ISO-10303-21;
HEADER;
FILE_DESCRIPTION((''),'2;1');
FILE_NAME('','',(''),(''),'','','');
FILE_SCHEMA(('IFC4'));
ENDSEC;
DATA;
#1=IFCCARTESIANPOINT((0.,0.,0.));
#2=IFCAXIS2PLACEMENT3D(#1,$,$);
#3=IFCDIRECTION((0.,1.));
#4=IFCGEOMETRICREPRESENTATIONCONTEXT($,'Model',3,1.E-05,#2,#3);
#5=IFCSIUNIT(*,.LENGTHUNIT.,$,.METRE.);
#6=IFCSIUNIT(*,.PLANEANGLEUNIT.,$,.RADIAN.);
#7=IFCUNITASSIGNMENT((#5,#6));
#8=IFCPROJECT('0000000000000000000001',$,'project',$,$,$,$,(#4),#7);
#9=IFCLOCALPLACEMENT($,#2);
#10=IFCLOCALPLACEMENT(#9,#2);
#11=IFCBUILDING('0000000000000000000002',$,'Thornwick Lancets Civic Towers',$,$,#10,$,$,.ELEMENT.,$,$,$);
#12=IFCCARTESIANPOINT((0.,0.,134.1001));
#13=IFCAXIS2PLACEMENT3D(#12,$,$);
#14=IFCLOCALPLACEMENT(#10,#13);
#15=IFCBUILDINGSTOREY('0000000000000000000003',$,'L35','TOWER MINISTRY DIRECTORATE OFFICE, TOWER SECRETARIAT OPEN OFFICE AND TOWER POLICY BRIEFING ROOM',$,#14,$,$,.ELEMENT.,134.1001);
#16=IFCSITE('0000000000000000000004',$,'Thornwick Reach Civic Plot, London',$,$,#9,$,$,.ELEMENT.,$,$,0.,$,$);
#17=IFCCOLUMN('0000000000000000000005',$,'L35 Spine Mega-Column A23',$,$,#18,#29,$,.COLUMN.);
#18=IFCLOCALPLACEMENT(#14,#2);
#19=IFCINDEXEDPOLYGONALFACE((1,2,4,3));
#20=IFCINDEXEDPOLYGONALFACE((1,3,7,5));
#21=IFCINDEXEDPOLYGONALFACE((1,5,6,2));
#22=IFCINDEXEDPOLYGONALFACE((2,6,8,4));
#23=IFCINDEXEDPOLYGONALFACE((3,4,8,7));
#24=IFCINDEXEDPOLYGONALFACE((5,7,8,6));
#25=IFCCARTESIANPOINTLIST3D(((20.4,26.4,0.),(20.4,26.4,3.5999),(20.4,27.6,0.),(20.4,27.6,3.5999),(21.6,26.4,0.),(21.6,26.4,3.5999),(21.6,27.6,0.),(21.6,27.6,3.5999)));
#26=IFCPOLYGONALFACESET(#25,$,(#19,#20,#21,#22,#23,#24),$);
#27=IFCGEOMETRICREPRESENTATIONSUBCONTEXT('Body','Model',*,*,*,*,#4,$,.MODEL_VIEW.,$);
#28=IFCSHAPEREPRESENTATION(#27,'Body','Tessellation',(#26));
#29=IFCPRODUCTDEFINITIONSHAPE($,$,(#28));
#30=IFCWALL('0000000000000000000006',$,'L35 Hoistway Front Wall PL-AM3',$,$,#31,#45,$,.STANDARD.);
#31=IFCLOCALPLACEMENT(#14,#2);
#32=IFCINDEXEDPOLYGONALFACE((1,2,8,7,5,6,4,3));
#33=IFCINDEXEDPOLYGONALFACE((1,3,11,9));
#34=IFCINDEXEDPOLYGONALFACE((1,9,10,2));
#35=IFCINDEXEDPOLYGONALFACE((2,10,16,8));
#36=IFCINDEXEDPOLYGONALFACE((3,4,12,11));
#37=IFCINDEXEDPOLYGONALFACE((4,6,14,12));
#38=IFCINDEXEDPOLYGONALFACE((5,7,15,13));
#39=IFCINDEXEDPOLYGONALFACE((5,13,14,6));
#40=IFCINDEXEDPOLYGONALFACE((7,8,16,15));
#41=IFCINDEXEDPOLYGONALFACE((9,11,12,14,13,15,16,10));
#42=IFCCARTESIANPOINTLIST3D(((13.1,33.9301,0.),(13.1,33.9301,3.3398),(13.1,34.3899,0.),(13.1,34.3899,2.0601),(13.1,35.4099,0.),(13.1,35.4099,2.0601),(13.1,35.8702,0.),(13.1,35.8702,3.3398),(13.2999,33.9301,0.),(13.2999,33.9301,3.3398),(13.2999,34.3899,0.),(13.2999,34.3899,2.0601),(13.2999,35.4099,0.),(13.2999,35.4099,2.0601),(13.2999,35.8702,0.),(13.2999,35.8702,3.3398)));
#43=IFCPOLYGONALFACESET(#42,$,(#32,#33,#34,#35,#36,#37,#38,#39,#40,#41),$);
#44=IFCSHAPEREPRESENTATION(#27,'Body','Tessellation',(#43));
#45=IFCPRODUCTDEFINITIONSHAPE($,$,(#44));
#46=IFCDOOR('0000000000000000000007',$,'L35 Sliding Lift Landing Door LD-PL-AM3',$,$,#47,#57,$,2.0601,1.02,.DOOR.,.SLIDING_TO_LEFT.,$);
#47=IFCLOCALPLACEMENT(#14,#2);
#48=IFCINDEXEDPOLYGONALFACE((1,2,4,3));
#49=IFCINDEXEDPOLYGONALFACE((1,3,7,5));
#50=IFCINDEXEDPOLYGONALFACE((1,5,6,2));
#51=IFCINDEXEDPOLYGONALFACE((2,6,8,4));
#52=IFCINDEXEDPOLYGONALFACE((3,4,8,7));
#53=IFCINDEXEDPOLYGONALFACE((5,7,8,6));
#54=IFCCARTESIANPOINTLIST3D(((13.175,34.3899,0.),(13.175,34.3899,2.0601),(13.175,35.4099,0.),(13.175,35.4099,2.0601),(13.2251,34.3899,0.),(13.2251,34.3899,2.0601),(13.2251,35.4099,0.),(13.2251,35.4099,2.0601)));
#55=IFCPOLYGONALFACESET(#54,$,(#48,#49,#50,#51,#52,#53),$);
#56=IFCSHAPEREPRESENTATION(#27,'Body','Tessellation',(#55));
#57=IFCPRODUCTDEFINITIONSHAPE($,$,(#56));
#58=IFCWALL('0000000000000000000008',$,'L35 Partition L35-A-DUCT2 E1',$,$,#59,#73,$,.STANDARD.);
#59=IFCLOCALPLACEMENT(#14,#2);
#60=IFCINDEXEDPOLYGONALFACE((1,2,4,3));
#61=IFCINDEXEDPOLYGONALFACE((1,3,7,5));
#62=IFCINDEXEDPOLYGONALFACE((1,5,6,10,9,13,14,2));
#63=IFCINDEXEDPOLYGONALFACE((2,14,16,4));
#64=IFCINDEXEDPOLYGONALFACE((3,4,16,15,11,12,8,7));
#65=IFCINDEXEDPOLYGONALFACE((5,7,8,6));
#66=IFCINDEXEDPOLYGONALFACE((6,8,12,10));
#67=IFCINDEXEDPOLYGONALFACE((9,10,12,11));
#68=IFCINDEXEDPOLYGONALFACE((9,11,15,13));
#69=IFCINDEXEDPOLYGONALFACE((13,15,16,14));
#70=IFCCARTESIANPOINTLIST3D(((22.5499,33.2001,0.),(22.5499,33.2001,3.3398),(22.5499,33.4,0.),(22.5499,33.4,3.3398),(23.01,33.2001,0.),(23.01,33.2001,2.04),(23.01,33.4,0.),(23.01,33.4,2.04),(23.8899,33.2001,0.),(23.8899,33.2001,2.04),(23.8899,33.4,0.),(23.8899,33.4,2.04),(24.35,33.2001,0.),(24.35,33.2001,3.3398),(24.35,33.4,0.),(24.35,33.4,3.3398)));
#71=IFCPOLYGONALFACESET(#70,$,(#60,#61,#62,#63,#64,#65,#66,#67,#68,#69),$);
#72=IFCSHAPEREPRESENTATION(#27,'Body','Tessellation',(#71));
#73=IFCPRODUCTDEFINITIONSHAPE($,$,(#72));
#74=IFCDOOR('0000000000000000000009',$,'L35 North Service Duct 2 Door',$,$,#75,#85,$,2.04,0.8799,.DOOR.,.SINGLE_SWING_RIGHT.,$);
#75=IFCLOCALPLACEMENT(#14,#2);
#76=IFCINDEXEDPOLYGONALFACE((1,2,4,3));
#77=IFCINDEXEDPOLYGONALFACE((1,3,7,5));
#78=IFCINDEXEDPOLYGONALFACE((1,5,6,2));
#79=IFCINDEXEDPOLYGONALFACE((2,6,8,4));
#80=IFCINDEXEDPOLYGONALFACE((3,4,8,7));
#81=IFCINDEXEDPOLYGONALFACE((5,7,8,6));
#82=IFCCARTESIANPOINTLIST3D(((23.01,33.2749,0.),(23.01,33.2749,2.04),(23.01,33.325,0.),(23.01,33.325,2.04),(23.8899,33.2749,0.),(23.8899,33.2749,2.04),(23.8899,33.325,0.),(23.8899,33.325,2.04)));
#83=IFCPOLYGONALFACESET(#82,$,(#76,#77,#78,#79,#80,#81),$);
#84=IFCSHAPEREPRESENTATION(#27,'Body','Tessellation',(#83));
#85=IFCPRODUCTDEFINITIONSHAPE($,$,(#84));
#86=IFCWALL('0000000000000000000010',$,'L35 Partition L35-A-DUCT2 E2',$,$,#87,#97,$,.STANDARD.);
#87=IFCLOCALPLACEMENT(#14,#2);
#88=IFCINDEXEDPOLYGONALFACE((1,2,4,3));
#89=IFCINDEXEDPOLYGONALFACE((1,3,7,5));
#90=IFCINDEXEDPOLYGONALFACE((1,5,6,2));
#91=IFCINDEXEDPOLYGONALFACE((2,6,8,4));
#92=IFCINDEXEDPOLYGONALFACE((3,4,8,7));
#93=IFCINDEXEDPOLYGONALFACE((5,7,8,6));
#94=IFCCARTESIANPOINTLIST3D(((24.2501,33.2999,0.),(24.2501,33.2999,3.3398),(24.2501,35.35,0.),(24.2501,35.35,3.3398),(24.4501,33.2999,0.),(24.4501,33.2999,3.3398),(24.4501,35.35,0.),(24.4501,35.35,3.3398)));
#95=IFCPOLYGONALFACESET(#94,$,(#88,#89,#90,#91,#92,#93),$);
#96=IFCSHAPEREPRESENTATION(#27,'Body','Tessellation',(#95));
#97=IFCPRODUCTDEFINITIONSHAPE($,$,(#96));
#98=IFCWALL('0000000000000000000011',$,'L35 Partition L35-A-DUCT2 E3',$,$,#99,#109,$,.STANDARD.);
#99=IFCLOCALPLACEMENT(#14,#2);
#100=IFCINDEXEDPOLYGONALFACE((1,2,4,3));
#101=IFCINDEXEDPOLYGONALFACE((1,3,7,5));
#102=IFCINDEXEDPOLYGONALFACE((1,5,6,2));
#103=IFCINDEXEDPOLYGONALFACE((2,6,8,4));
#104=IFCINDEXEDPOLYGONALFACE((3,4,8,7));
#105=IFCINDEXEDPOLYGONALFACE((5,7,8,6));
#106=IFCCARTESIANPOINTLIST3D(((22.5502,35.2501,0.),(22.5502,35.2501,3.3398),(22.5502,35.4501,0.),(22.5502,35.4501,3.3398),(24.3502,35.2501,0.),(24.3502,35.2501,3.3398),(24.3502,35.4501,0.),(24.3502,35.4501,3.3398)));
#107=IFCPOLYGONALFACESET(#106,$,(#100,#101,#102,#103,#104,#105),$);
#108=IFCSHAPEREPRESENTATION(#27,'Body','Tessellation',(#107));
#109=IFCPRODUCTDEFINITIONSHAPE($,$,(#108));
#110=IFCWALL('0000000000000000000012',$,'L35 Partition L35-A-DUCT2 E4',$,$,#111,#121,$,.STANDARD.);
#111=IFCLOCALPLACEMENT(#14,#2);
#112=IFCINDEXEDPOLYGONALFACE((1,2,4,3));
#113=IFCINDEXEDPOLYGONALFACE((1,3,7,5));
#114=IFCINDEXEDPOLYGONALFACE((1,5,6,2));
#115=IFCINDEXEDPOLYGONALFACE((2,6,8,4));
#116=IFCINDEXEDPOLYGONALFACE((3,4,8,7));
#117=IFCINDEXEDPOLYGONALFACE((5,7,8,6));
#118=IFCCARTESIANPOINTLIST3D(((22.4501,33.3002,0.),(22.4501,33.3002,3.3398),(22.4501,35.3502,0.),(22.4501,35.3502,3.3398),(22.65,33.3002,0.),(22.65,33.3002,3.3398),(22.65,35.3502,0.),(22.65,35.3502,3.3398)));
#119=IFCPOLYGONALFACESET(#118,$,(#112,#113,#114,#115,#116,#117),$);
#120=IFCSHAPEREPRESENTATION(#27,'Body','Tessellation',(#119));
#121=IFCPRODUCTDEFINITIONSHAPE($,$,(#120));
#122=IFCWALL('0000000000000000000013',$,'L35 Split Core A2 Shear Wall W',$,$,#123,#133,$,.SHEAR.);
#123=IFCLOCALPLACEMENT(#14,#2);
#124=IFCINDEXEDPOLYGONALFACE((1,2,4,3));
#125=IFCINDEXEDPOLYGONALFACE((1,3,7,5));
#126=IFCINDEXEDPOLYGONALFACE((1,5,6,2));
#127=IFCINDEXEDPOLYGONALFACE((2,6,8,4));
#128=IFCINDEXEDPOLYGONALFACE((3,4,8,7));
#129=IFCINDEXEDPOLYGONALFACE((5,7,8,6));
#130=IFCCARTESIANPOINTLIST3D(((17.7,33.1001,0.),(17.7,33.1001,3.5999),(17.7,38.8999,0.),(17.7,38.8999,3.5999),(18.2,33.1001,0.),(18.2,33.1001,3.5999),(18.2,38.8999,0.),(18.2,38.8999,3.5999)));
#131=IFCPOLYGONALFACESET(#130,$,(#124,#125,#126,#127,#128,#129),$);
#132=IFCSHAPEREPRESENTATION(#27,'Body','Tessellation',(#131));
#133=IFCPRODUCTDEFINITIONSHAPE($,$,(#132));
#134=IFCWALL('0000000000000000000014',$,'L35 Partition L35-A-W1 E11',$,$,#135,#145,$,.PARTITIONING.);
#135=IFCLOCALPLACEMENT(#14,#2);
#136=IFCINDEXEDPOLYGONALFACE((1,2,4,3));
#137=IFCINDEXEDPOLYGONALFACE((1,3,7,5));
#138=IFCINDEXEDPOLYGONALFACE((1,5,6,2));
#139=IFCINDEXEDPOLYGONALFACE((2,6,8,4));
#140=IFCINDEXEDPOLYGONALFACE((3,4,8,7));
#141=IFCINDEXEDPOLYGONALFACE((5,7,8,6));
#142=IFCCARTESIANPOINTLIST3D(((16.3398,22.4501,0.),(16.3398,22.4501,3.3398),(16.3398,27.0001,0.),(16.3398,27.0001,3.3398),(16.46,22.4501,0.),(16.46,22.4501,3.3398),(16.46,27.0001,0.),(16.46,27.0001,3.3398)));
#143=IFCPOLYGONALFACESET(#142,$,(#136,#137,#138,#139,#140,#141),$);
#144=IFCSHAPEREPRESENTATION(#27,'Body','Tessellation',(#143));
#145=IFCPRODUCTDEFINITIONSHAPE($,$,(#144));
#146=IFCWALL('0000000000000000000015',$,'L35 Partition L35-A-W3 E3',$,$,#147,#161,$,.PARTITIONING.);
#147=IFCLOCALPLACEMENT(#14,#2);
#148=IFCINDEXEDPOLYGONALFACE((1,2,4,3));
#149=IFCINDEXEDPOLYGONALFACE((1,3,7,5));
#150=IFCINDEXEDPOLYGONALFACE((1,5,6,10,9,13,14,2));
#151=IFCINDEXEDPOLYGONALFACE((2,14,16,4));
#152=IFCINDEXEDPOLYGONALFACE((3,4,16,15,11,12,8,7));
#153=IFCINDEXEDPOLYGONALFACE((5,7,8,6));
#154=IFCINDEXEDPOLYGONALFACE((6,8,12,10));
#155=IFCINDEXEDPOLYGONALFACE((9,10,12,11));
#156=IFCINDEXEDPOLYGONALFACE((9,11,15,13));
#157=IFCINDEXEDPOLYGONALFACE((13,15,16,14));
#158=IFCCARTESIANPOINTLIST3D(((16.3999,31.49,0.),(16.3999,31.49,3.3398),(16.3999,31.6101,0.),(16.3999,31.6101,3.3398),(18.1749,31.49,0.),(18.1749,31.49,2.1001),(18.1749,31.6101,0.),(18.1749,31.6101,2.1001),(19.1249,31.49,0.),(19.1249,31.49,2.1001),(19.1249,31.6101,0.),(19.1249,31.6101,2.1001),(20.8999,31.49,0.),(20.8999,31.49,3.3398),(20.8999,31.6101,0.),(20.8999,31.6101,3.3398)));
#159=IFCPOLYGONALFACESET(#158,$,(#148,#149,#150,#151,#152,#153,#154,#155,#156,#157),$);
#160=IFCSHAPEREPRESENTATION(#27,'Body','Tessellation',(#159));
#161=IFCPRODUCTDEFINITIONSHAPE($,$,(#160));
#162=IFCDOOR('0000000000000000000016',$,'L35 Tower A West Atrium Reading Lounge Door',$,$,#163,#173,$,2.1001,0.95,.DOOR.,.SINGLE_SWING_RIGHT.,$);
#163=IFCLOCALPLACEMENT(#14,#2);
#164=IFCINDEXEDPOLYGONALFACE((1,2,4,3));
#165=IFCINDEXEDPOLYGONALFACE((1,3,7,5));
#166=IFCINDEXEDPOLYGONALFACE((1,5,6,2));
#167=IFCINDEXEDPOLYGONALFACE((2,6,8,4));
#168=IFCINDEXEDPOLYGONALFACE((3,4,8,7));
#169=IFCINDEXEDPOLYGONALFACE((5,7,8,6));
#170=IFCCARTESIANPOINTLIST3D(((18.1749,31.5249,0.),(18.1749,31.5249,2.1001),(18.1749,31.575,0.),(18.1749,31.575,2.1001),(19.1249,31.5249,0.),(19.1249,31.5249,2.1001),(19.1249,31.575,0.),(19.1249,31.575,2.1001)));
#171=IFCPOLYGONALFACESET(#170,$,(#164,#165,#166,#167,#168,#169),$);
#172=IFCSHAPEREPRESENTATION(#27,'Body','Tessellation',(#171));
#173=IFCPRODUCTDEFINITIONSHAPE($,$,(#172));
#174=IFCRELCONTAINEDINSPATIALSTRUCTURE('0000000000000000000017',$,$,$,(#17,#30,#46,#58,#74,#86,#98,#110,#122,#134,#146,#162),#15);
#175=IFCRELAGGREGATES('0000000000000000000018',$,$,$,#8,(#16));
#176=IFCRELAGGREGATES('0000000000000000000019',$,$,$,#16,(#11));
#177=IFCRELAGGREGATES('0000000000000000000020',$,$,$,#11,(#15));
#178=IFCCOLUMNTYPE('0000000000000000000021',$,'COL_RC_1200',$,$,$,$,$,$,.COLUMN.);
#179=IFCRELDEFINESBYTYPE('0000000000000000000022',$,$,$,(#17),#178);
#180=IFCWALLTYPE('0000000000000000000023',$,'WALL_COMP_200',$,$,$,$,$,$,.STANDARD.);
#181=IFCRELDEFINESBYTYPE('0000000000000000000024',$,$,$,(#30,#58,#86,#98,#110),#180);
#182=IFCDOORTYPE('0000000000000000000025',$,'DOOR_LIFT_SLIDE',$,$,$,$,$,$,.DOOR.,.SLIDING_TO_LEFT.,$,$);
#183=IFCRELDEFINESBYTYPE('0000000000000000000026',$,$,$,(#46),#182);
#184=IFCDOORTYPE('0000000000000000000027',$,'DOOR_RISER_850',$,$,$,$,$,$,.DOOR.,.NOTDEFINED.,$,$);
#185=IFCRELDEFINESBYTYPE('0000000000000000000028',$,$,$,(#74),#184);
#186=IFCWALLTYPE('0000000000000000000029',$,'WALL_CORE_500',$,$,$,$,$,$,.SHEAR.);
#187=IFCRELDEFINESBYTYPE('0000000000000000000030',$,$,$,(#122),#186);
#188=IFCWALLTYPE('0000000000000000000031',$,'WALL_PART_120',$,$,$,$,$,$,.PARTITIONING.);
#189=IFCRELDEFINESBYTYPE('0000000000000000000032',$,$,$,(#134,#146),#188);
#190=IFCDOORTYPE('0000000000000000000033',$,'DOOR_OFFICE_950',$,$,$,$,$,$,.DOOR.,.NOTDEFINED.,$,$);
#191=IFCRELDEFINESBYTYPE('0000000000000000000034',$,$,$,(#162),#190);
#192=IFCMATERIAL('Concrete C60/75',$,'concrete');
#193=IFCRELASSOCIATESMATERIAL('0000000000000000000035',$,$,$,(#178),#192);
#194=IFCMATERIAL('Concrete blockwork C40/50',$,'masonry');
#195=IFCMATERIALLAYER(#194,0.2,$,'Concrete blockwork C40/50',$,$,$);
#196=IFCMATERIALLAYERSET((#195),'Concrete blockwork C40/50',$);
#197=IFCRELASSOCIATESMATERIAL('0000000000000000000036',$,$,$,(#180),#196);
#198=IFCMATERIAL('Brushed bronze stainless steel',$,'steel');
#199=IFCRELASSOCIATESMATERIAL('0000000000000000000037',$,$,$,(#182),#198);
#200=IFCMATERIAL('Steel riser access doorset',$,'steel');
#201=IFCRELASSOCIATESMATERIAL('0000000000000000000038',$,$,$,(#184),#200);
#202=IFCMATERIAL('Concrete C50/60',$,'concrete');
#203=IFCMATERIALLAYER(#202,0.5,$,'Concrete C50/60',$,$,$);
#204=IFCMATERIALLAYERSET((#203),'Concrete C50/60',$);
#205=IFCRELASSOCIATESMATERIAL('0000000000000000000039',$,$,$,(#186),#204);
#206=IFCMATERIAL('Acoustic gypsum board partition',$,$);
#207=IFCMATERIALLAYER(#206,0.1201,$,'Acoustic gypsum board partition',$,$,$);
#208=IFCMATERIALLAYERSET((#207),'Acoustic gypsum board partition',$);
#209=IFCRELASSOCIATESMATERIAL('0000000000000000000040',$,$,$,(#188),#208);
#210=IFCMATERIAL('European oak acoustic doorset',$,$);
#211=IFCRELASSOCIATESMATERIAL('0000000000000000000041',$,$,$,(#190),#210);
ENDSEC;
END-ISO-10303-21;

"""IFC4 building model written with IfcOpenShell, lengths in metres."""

from ifc_helpers import new_model, si_unit, direction, frame, frame_2d, origin, origin_2d, place, context, subcontext, project, spatial, rectangle, extrude, material, layer, layer_set, material_profile, profile_set, type_object, element, fill, save


model = new_model("IFC4")

# Units and contexts
model_context = context("Model", 3, precision=1e-05, world=origin(), true_north=direction((0.0, 1.0)))
body_context = subcontext(model_context, "Body", "Model", "MODEL_VIEW")
ifc_project = project(units=[si_unit("LENGTHUNIT", "METRE"), si_unit("PLANEANGLEUNIT", "RADIAN")], contexts=[model_context])

# Site, building, storey
site_placement = place(None, origin())
site = spatial("IfcSite", under=ifc_project, at=site_placement, Name="Thornwick Reach Civic Plot, London", CompositionType="ELEMENT", RefElevation=0.0)
building_placement = place(site_placement, origin())
building = spatial("IfcBuilding", under=site, at=building_placement, Name="Thornwick Lancets Civic Towers", CompositionType="ELEMENT")
storey_placement = place(building_placement, frame((0.0, 0.0, 134.1001)))
storey = spatial("IfcBuildingStorey", under=building, at=storey_placement, Name="L35", Description="TOWER MINISTRY DIRECTORATE OFFICE, TOWER SECRETARIAT OPEN OFFICE AND TOWER POLICY BRIEFING ROOM", CompositionType="ELEMENT", Elevation=134.1001)

# Column
ifc_material_1 = material(Name="Concrete C60/75", Category="concrete")
ifc_material_profile = material_profile(ifc_material_1, rectangle(XDim=1.2, YDim=1.2, at=origin_2d()), Name="RC 1200x1200")
ifc_profile_set = profile_set([ifc_material_profile], Name="Concrete C60/75")
column_type = type_object("IfcColumnType", Name="COL_RC_1200", PredefinedType="COLUMN", material=ifc_profile_set)
column_placement = place(storey_placement, frame((21.0, 27.0, 0.0), z_axis=(0.0, 0.0, 1.0), x_axis=(1.0, 0.0, 0.0)))
element("IfcColumn", 1, at=column_placement, inside=storey, type_object=column_type, Name="L35 Spine Mega-Column A23", PredefinedType="COLUMN", context=body_context, shape_type="SweptSolid", body=[
    extrude(rectangle(XDim=1.2, YDim=1.2, at=origin_2d()), origin(), (0.0, 0.0, 1.0), 3.5999),
])

# Walls, openings, doors
ifc_material_2 = material(Name="Concrete blockwork C40/50", Category="masonry")
ifc_layer_1 = layer(ifc_material_2, 0.2, Name="Concrete blockwork C40/50")
ifc_layer_set_1 = layer_set([ifc_layer_1], Name="Concrete blockwork C40/50")
wall_type_1 = type_object("IfcWallType", Name="WALL_COMP_200", PredefinedType="STANDARD", material=ifc_layer_set_1)
wall_1_placement = place(storey_placement, frame((13.2, 33.9299, 0.0), z_axis=(0.0, 0.0, 1.0), x_axis=(0.0, 1.0, 0.0)))
wall_1 = element("IfcWall", 2, at=wall_1_placement, inside=storey, type_object=wall_type_1, Name="L35 Hoistway Front Wall PL-AM3", PredefinedType="STANDARD", context=body_context, shape_type="SweptSolid", body=[
    extrude(rectangle(XDim=1.9402, YDim=0.2, at=frame_2d((0.9702, 0.0))), origin(), (0.0, 0.0, 1.0), 3.3398),
])
opening_1_placement = place(wall_1_placement, frame((0.46, 0.0, 0.0)))
opening_1 = element("IfcOpeningElement", 3, at=opening_1_placement, cuts=wall_1, PredefinedType="OPENING", context=body_context, shape_type="SweptSolid", body=[
    extrude(rectangle(XDim=1.02, YDim=2.0601, at=frame_2d((0.51, 1.03))), frame((0.0, 0.1099, 0.0), z_axis=(0.0, -1.0, 0.0), x_axis=(1.0, 0.0, 0.0)), (0.0, 0.0, 1.0), 0.22),
])
ifc_material_3 = material(Name="Brushed bronze stainless steel", Category="steel")
door_type_1 = type_object("IfcDoorType", Name="DOOR_LIFT_SLIDE", OperationType="SLIDING_TO_LEFT", PredefinedType="DOOR", material=ifc_material_3)
door_1_placement = place(opening_1_placement, origin())
door_1 = element("IfcDoor", 4, at=door_1_placement, inside=storey, type_object=door_type_1, Name="L35 Sliding Lift Landing Door LD-PL-AM3", OperationType="SLIDING_TO_LEFT", OverallHeight=2.0601, OverallWidth=1.02, PredefinedType="DOOR", context=body_context, shape_type="SweptSolid", body=[
    extrude(rectangle(XDim=1.02, YDim=2.0601, at=frame_2d((0.51, 1.03))), frame((0.0, 0.0249, 0.0), z_axis=(0.0, -1.0, 0.0), x_axis=(1.0, 0.0, 0.0)), (0.0, 0.0, 1.0), 0.05),
])
fill(opening_1, door_1)
wall_2_placement = place(storey_placement, frame((22.55, 33.3, 0.0), z_axis=(0.0, 0.0, 1.0), x_axis=(1.0, 0.0, 0.0)))
wall_2 = element("IfcWall", 5, at=wall_2_placement, inside=storey, type_object=wall_type_1, Name="L35 Partition L35-A-DUCT2 E1", PredefinedType="STANDARD", context=body_context, shape_type="SweptSolid", body=[
    extrude(rectangle(XDim=1.8, YDim=0.2, at=frame_2d((0.8999, 0.0))), origin(), (0.0, 0.0, 1.0), 3.3398),
])
opening_2_placement = place(wall_2_placement, frame((0.46, 0.0, 0.0)))
opening_2 = element("IfcOpeningElement", 6, at=opening_2_placement, cuts=wall_2, PredefinedType="OPENING", context=body_context, shape_type="SweptSolid", body=[
    extrude(rectangle(XDim=0.8799, YDim=2.04, at=frame_2d((0.4399, 1.02))), frame((0.0, 0.1099, 0.0), z_axis=(0.0, -1.0, 0.0), x_axis=(1.0, 0.0, 0.0)), (0.0, 0.0, 1.0), 0.22),
])
ifc_material_4 = material(Name="Steel riser access doorset", Category="steel")
door_type_2 = type_object("IfcDoorType", Name="DOOR_RISER_850", OperationType="NOTDEFINED", PredefinedType="DOOR", material=ifc_material_4)
door_2_placement = place(opening_2_placement, origin())
door_2 = element("IfcDoor", 7, at=door_2_placement, inside=storey, type_object=door_type_2, Name="L35 North Service Duct 2 Door", OperationType="SINGLE_SWING_RIGHT", OverallHeight=2.04, OverallWidth=0.8799, PredefinedType="DOOR", context=body_context, shape_type="SweptSolid", body=[
    extrude(rectangle(XDim=0.8799, YDim=2.04, at=frame_2d((0.4399, 1.02))), frame((0.0, 0.0249, 0.0), z_axis=(0.0, -1.0, 0.0), x_axis=(1.0, 0.0, 0.0)), (0.0, 0.0, 1.0), 0.05),
])
fill(opening_2, door_2)

# Walls
wall_3_placement = place(storey_placement, frame((24.3501, 33.3, 0.0), z_axis=(0.0, 0.0, 1.0), x_axis=(0.0, 1.0, 0.0)))
element("IfcWall", 8, at=wall_3_placement, inside=storey, type_object=wall_type_1, Name="L35 Partition L35-A-DUCT2 E2", PredefinedType="STANDARD", context=body_context, shape_type="SweptSolid", body=[
    extrude(rectangle(XDim=2.05, YDim=0.2, at=frame_2d((1.0249, 0.0))), origin(), (0.0, 0.0, 1.0), 3.3398),
])
wall_4_placement = place(storey_placement, frame((24.3501, 35.3501, 0.0), z_axis=(0.0, 0.0, 1.0), x_axis=(-1.0, 0.0, 0.0)))
element("IfcWall", 9, at=wall_4_placement, inside=storey, type_object=wall_type_1, Name="L35 Partition L35-A-DUCT2 E3", PredefinedType="STANDARD", context=body_context, shape_type="SweptSolid", body=[
    extrude(rectangle(XDim=1.8, YDim=0.2, at=frame_2d((0.8999, 0.0))), origin(), (0.0, 0.0, 1.0), 3.3398),
])
wall_5_placement = place(storey_placement, frame((22.55, 35.3501, 0.0), z_axis=(0.0, 0.0, 1.0), x_axis=(0.0, -1.0, 0.0)))
element("IfcWall", 10, at=wall_5_placement, inside=storey, type_object=wall_type_1, Name="L35 Partition L35-A-DUCT2 E4", PredefinedType="STANDARD", context=body_context, shape_type="SweptSolid", body=[
    extrude(rectangle(XDim=2.05, YDim=0.2, at=frame_2d((1.0249, 0.0))), origin(), (0.0, 0.0, 1.0), 3.3398),
])
ifc_material_5 = material(Name="Concrete C50/60", Category="concrete")
ifc_layer_2 = layer(ifc_material_5, 0.5, Name="Concrete C50/60")
ifc_layer_set_2 = layer_set([ifc_layer_2], Name="Concrete C50/60")
wall_type_2 = type_object("IfcWallType", Name="WALL_CORE_500", PredefinedType="SHEAR", material=ifc_layer_set_2)
wall_6_placement = place(storey_placement, frame((17.95, 33.1001, 0.0), z_axis=(0.0, 0.0, 1.0), x_axis=(0.0, 1.0, 0.0)))
element("IfcWall", 11, at=wall_6_placement, inside=storey, type_object=wall_type_2, Name="L35 Split Core A2 Shear Wall W", PredefinedType="SHEAR", context=body_context, shape_type="SweptSolid", body=[
    extrude(rectangle(XDim=5.7998, YDim=0.5, at=frame_2d((2.8999, 0.0))), origin(), (0.0, 0.0, 1.0), 3.5999),
])
ifc_material_6 = material(Name="Acoustic gypsum board partition")
ifc_layer_3 = layer(ifc_material_6, 0.1201, Name="Acoustic gypsum board partition")
ifc_layer_set_3 = layer_set([ifc_layer_3], Name="Acoustic gypsum board partition")
wall_type_3 = type_object("IfcWallType", Name="WALL_PART_120", PredefinedType="PARTITIONING", material=ifc_layer_set_3)
wall_7_placement = place(storey_placement, frame((16.3999, 27.0, 0.0), z_axis=(0.0, 0.0, 1.0), x_axis=(0.0, -1.0, 0.0)))
element("IfcWall", 12, at=wall_7_placement, inside=storey, type_object=wall_type_3, Name="L35 Partition L35-A-W1 E11", PredefinedType="PARTITIONING", context=body_context, shape_type="SweptSolid", body=[
    extrude(rectangle(XDim=4.55, YDim=0.1201, at=frame_2d((2.2749, 0.0))), origin(), (0.0, 0.0, 1.0), 3.3398),
])

# Wall, opening, door
wall_8_placement = place(storey_placement, frame((16.3999, 31.55, 0.0), z_axis=(0.0, 0.0, 1.0), x_axis=(1.0, 0.0, 0.0)))
wall_8 = element("IfcWall", 13, at=wall_8_placement, inside=storey, type_object=wall_type_3, Name="L35 Partition L35-A-W3 E3", PredefinedType="PARTITIONING", context=body_context, shape_type="SweptSolid", body=[
    extrude(rectangle(XDim=4.5, YDim=0.1201, at=frame_2d((2.25, 0.0))), origin(), (0.0, 0.0, 1.0), 3.3398),
])
opening_3_placement = place(wall_8_placement, frame((1.7749, 0.0, 0.0)))
opening_3 = element("IfcOpeningElement", 14, at=opening_3_placement, cuts=wall_8, PredefinedType="OPENING", context=body_context, shape_type="SweptSolid", body=[
    extrude(rectangle(XDim=0.95, YDim=2.1001, at=frame_2d((0.4751, 1.05))), frame((0.0, 0.0701, 0.0), z_axis=(0.0, -1.0, 0.0), x_axis=(1.0, 0.0, 0.0)), (0.0, 0.0, 1.0), 0.1401),
])
ifc_material_7 = material(Name="European oak acoustic doorset")
door_type_3 = type_object("IfcDoorType", Name="DOOR_OFFICE_950", OperationType="NOTDEFINED", PredefinedType="DOOR", material=ifc_material_7)
door_3_placement = place(opening_3_placement, origin())
door_3 = element("IfcDoor", 15, at=door_3_placement, inside=storey, type_object=door_type_3, Name="L35 Tower A West Atrium Reading Lounge Door", OperationType="SINGLE_SWING_RIGHT", OverallHeight=2.1001, OverallWidth=0.95, PredefinedType="DOOR", context=body_context, shape_type="SweptSolid", body=[
    extrude(rectangle(XDim=0.95, YDim=2.1001, at=frame_2d((0.4751, 1.05))), frame((0.0, 0.0249, 0.0), z_axis=(0.0, -1.0, 0.0), x_axis=(1.0, 0.0, 0.0)), (0.0, 0.0, 1.0), 0.05),
])
fill(opening_3, door_3)

save(model, "model.ifc")
